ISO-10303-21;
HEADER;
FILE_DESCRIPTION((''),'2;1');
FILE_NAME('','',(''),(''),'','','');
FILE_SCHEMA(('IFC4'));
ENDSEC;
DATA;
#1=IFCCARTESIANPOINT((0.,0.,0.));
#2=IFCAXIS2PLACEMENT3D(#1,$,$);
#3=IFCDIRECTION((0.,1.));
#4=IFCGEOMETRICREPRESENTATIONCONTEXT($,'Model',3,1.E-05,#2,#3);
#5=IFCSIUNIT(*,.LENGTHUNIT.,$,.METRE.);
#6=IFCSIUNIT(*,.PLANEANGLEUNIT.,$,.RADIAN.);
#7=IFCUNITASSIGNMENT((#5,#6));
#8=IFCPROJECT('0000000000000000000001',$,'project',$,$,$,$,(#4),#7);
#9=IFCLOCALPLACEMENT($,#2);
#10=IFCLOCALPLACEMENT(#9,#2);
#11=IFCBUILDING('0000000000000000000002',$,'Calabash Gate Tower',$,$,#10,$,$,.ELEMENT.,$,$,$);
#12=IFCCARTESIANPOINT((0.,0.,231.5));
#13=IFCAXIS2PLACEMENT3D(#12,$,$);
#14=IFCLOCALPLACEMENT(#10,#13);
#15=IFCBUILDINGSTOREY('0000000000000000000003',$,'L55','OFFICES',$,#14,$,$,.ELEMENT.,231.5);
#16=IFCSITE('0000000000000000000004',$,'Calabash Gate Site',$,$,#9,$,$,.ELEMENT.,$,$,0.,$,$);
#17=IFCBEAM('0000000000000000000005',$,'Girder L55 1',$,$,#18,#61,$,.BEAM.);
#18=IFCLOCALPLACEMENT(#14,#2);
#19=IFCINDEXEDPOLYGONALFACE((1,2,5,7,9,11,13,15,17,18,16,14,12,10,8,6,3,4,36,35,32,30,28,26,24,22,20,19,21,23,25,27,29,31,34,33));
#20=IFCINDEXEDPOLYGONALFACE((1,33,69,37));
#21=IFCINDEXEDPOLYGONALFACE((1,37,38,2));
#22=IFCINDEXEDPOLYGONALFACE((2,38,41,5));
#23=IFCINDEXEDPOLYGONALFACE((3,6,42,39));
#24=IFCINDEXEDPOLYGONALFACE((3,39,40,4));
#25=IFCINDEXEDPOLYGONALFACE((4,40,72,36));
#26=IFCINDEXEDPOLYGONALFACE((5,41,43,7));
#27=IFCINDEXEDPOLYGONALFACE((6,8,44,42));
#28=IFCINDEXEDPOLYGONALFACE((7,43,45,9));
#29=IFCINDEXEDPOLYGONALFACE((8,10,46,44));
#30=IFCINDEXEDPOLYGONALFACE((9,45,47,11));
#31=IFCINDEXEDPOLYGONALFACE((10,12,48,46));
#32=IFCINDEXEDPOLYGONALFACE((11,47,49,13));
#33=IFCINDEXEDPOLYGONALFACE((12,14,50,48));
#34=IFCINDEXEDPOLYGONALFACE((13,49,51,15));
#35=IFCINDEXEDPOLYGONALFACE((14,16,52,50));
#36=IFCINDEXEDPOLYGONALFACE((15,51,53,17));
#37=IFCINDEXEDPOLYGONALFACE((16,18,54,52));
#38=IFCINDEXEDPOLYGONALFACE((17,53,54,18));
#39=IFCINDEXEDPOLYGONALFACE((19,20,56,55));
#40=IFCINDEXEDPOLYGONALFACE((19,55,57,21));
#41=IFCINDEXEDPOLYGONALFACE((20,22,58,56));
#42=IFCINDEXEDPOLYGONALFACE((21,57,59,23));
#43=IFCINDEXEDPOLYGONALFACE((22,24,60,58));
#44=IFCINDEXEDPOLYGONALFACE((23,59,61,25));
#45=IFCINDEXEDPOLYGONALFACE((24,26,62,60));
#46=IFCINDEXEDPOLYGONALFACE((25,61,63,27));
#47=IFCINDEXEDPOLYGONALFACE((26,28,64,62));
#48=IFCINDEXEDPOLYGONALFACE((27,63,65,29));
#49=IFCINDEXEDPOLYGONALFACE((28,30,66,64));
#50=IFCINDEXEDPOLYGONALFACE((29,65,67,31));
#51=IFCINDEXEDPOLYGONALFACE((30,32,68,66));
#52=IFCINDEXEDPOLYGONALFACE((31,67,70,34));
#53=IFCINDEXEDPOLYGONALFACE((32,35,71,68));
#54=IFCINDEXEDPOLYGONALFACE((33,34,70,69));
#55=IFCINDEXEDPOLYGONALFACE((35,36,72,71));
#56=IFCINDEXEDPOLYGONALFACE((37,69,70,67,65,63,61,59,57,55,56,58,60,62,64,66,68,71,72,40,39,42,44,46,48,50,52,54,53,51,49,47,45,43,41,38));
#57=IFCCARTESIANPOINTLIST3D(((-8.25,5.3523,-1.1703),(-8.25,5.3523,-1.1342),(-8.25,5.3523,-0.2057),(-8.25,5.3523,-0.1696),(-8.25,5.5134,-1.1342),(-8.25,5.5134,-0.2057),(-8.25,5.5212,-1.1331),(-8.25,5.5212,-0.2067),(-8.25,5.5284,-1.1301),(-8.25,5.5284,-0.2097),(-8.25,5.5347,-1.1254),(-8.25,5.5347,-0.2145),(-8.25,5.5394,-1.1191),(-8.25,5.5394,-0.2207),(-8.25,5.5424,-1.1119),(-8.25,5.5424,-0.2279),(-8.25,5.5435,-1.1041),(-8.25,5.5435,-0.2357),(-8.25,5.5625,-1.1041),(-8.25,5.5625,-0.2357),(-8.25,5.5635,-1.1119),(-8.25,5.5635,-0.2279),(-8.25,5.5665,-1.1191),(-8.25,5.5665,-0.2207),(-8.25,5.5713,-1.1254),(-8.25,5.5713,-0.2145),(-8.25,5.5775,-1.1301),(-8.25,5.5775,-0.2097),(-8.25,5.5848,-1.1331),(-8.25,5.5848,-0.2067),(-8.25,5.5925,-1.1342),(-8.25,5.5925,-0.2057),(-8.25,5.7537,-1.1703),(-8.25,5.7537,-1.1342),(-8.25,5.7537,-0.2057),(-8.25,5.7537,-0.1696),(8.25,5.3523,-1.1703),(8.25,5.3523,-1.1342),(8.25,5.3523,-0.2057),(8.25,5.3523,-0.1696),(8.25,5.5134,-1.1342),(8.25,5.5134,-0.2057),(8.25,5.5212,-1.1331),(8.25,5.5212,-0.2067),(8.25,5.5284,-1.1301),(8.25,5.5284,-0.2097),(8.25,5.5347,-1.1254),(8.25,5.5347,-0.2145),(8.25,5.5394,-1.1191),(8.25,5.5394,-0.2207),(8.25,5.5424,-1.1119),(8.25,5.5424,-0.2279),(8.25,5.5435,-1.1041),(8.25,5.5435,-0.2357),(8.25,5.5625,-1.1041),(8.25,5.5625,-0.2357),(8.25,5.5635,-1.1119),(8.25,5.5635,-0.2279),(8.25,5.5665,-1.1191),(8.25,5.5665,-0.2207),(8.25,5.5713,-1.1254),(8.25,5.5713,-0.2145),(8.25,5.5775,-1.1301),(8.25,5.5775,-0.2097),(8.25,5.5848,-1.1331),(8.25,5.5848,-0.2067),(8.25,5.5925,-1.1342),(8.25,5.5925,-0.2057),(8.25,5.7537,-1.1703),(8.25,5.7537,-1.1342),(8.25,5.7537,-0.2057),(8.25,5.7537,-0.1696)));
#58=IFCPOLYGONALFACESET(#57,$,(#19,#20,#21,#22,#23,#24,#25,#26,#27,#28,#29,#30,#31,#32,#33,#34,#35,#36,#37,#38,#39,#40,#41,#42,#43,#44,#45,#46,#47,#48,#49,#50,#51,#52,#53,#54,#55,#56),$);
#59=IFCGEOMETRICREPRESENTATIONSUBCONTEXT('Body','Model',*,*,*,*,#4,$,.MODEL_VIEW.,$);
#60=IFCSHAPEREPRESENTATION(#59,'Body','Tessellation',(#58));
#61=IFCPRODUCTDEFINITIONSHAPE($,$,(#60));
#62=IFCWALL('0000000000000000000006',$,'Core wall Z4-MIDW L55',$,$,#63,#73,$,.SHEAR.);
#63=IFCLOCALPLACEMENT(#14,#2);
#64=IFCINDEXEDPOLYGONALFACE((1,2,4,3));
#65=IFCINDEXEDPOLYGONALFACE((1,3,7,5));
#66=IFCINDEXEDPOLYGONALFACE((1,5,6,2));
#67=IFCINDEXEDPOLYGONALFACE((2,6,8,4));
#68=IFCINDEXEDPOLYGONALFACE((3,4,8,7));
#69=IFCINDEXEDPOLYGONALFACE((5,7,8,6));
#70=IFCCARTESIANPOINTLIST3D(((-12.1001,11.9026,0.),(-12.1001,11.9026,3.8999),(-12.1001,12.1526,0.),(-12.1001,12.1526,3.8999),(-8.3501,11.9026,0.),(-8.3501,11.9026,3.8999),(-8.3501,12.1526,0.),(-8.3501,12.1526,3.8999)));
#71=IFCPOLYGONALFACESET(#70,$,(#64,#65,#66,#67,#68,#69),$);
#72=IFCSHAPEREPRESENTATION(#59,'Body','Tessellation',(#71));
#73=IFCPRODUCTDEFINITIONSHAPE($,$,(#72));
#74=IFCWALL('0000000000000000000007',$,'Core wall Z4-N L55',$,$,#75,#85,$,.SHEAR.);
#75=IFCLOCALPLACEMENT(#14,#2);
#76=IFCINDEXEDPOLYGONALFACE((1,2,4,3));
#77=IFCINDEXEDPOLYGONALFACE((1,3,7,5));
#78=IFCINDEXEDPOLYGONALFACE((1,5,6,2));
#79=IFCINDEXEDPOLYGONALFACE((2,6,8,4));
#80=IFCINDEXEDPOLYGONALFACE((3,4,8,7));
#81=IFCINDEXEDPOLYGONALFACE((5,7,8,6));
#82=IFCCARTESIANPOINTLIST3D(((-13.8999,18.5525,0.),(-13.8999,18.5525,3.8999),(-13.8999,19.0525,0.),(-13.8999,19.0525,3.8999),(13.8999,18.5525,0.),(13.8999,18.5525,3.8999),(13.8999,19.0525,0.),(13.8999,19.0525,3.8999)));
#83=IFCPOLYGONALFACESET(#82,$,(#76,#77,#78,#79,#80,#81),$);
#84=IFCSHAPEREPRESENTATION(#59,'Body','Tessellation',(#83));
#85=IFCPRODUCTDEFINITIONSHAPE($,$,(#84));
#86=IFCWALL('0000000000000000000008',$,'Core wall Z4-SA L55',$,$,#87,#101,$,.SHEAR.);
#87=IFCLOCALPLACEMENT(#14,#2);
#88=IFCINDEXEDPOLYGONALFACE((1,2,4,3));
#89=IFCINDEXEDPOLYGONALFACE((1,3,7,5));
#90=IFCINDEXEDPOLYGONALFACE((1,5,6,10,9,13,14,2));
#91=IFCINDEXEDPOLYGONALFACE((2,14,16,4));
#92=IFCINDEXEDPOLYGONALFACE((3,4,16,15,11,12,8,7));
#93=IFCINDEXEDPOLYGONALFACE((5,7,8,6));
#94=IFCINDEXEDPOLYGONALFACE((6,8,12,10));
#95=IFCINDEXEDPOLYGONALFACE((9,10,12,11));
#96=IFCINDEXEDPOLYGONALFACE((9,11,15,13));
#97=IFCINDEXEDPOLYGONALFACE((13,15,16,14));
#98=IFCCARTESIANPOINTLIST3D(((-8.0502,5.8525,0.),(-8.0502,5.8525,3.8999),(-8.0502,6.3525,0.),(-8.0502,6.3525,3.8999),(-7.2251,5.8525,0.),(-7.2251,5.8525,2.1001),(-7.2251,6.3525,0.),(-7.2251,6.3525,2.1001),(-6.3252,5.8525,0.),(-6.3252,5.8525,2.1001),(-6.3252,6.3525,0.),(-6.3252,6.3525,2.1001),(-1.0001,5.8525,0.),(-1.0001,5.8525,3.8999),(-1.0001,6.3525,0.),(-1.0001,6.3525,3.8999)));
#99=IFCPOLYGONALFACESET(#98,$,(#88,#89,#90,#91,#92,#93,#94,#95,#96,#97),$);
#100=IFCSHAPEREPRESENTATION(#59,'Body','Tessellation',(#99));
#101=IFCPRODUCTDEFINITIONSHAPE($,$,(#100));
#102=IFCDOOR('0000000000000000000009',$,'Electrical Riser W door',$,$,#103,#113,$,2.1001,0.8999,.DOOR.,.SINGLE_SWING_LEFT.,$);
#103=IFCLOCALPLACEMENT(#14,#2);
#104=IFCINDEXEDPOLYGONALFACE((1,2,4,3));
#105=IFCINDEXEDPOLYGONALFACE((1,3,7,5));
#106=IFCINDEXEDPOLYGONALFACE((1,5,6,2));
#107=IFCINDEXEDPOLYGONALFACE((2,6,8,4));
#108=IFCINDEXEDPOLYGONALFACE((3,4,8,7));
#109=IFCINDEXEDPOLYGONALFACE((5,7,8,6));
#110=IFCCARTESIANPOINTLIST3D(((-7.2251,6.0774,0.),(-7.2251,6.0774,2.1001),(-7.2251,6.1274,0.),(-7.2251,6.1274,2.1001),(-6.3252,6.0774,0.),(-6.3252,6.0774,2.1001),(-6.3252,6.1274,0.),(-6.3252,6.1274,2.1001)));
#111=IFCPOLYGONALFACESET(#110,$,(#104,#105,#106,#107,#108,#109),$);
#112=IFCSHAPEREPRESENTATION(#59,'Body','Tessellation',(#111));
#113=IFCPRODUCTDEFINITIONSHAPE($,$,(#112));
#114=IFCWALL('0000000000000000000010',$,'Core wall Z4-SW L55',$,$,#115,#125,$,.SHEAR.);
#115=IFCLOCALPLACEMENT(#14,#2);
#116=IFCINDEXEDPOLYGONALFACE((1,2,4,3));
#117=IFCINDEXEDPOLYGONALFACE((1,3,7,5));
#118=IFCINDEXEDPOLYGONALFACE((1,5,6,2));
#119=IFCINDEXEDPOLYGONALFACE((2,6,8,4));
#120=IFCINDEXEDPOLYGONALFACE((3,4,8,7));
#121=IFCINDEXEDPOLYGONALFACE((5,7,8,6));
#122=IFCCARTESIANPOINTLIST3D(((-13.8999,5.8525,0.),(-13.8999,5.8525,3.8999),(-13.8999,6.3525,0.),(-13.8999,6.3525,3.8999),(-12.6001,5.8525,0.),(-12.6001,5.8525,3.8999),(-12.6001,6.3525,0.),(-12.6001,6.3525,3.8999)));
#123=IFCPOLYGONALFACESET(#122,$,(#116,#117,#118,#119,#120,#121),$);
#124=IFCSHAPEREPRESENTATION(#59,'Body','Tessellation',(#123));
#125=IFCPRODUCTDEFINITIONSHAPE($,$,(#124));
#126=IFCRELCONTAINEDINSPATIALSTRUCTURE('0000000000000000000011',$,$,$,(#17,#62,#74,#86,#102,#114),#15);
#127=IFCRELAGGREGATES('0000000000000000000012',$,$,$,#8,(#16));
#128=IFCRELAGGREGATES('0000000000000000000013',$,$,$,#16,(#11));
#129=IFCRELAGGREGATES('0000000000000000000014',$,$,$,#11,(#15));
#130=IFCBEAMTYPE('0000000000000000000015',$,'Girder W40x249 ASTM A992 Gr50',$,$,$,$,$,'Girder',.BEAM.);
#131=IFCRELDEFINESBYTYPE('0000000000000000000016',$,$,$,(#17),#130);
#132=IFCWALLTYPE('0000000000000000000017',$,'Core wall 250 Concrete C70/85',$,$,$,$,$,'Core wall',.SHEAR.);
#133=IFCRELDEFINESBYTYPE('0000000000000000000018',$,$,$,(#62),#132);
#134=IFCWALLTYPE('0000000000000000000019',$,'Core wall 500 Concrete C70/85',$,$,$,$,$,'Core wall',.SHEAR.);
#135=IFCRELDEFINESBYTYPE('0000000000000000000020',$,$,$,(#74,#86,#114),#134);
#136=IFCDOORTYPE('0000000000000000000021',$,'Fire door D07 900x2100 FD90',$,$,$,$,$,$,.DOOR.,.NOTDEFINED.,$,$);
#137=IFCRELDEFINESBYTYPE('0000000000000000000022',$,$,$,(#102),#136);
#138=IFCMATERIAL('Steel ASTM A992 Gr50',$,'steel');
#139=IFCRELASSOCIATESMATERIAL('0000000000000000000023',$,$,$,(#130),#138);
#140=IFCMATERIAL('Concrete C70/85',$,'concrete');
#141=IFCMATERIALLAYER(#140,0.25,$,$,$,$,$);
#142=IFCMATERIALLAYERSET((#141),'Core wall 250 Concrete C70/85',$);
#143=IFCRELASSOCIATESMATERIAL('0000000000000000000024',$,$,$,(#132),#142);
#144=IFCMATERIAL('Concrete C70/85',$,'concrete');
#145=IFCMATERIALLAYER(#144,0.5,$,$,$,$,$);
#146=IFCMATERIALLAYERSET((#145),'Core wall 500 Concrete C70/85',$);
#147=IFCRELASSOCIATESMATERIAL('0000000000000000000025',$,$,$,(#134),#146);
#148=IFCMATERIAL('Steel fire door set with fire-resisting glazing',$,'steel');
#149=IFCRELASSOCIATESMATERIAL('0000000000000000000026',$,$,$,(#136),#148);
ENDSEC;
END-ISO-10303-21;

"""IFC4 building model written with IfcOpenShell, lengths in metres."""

from ifc_helpers import new_model, si_unit, direction, frame, frame_2d, origin, origin_2d, place, context, subcontext, project, spatial, rectangle, i_section, extrude, material, layer, layer_set, material_profile, profile_set, type_object, element, fill, save


model = new_model("IFC4")

# Units and contexts
model_context = context("Model", 3, precision=1e-05, world=origin(), true_north=direction((0.0, 1.0)))
body_context = subcontext(model_context, "Body", "Model", "MODEL_VIEW")
ifc_project = project(units=[si_unit("LENGTHUNIT", "METRE"), si_unit("PLANEANGLEUNIT", "RADIAN")], contexts=[model_context])

# Site, building, storey
site_placement = place(None, origin())
site = spatial("IfcSite", under=ifc_project, at=site_placement, Name="Calabash Gate Site", CompositionType="ELEMENT", RefElevation=0.0)
building_placement = place(site_placement, origin())
building = spatial("IfcBuilding", under=site, at=building_placement, Name="Calabash Gate Tower", CompositionType="ELEMENT")
storey_placement = place(building_placement, frame((0.0, 0.0, 231.5)))
storey = spatial("IfcBuildingStorey", under=building, at=storey_placement, Name="L55", Description="OFFICES", CompositionType="ELEMENT", Elevation=231.5)

# Beam
ifc_material_1 = material(Name="Steel ASTM A992 Gr50", Category="steel")
ifc_material_profile = material_profile(ifc_material_1, i_section(OverallWidth=0.4014, OverallDepth=1.0007, WebThickness=0.019, FlangeThickness=0.0361, FilletRadius=0.03, at=origin_2d()))
ifc_profile_set = profile_set([ifc_material_profile], Name="Steel ASTM A992 Gr50")
beam_type = type_object("IfcBeamType", Name="Girder W40x249 ASTM A992 Gr50", ElementType="Girder", PredefinedType="BEAM", material=ifc_profile_set)
beam_placement = place(storey_placement, frame((-8.25, 5.553, -0.6699), z_axis=(1.0, 0.0, 0.0), x_axis=(0.0, 1.0, 0.0)))
element("IfcBeam", 1, at=beam_placement, inside=storey, type_object=beam_type, Name="Girder L55 1", PredefinedType="BEAM", context=body_context, shape_type="SweptSolid", body=[
    extrude(i_section(OverallWidth=0.4014, OverallDepth=1.0007, WebThickness=0.019, FlangeThickness=0.0361, FilletRadius=0.03, at=origin_2d()), origin(), (0.0, 0.0, 1.0), 16.5),
])

# Walls
ifc_material_2 = material(Name="Concrete C70/85", Category="concrete")
ifc_layer_1 = layer(ifc_material_2, 0.25)
ifc_layer_set_1 = layer_set([ifc_layer_1], Name="Core wall 250 Concrete C70/85")
wall_type_1 = type_object("IfcWallType", Name="Core wall 250 Concrete C70/85", ElementType="Core wall", PredefinedType="SHEAR", material=ifc_layer_set_1)
wall_1_placement = place(storey_placement, frame((-12.1001, 12.0276, 0.0), z_axis=(0.0, 0.0, 1.0), x_axis=(1.0, 0.0, 0.0)))
element("IfcWall", 2, at=wall_1_placement, inside=storey, type_object=wall_type_1, Name="Core wall Z4-MIDW L55", PredefinedType="SHEAR", context=body_context, shape_type="SweptSolid", body=[
    extrude(rectangle(XDim=3.75, YDim=0.25, at=frame_2d((1.875, 0.0))), origin(), (0.0, 0.0, 1.0), 3.8999),
])
ifc_material_3 = material(Name="Concrete C70/85", Category="concrete")
ifc_layer_2 = layer(ifc_material_3, 0.5)
ifc_layer_set_2 = layer_set([ifc_layer_2], Name="Core wall 500 Concrete C70/85")
wall_type_2 = type_object("IfcWallType", Name="Core wall 500 Concrete C70/85", ElementType="Core wall", PredefinedType="SHEAR", material=ifc_layer_set_2)
wall_2_placement = place(storey_placement, frame((-13.8999, 18.8025, 0.0), z_axis=(0.0, 0.0, 1.0), x_axis=(1.0, 0.0, 0.0)))
element("IfcWall", 3, at=wall_2_placement, inside=storey, type_object=wall_type_2, Name="Core wall Z4-N L55", PredefinedType="SHEAR", context=body_context, shape_type="SweptSolid", body=[
    extrude(rectangle(XDim=27.7998, YDim=0.5, at=frame_2d((13.8999, 0.0))), origin(), (0.0, 0.0, 1.0), 3.8999),
])

# Wall, opening, door
wall_3_placement = place(storey_placement, frame((-8.05, 6.1025, 0.0), z_axis=(0.0, 0.0, 1.0), x_axis=(1.0, 0.0, 0.0)))
wall_3 = element("IfcWall", 4, at=wall_3_placement, inside=storey, type_object=wall_type_2, Name="Core wall Z4-SA L55", PredefinedType="SHEAR", context=body_context, shape_type="SweptSolid", body=[
    extrude(rectangle(XDim=7.05, YDim=0.5, at=frame_2d((3.5249, 0.0))), origin(), (0.0, 0.0, 1.0), 3.8999),
])
opening_1_placement = place(wall_3_placement, frame((0.825, 0.0, 0.0)))
opening_1 = element("IfcOpeningElement", 5, at=opening_1_placement, cuts=wall_3, PredefinedType="OPENING", context=body_context, shape_type="SweptSolid", body=[
    extrude(rectangle(XDim=0.8999, YDim=2.1001, at=frame_2d((0.45, 1.05))), frame((0.0, 0.26, 0.0), z_axis=(0.0, -1.0, 0.0), x_axis=(1.0, 0.0, 0.0)), (0.0, 0.0, 1.0), 0.52),
])
ifc_material_4 = material(Name="Steel fire door set with fire-resisting glazing", Category="steel")
door_type_1 = type_object("IfcDoorType", Name="Fire door D07 900x2100 FD90", OperationType="NOTDEFINED", PredefinedType="DOOR", material=ifc_material_4)
door_1_placement = place(opening_1_placement, origin())
door_1 = element("IfcDoor", 6, at=door_1_placement, inside=storey, type_object=door_type_1, Name="Electrical Riser W door", OperationType="SINGLE_SWING_LEFT", OverallHeight=2.1001, OverallWidth=0.8999, PredefinedType="DOOR", context=body_context, shape_type="SweptSolid", body=[
    extrude(rectangle(XDim=0.8999, YDim=2.1001, at=frame_2d((0.45, 1.05))), frame((0.0, 0.0249, 0.0), z_axis=(0.0, -1.0, 0.0), x_axis=(1.0, 0.0, 0.0)), (0.0, 0.0, 1.0), 0.05),
])
fill(opening_1, door_1)

# Wall
wall_4_placement = place(storey_placement, frame((-12.6001, 6.1025, 0.0), z_axis=(0.0, 0.0, 1.0), x_axis=(-1.0, 0.0, 0.0)))
element("IfcWall", 7, at=wall_4_placement, inside=storey, type_object=wall_type_2, Name="Core wall Z4-SW L55", PredefinedType="SHEAR", context=body_context, shape_type="SweptSolid", body=[
    extrude(rectangle(XDim=1.2998, YDim=0.5, at=frame_2d((0.6499, 0.0))), origin(), (0.0, 0.0, 1.0), 3.8999),
])

save(model, "model.ifc")
